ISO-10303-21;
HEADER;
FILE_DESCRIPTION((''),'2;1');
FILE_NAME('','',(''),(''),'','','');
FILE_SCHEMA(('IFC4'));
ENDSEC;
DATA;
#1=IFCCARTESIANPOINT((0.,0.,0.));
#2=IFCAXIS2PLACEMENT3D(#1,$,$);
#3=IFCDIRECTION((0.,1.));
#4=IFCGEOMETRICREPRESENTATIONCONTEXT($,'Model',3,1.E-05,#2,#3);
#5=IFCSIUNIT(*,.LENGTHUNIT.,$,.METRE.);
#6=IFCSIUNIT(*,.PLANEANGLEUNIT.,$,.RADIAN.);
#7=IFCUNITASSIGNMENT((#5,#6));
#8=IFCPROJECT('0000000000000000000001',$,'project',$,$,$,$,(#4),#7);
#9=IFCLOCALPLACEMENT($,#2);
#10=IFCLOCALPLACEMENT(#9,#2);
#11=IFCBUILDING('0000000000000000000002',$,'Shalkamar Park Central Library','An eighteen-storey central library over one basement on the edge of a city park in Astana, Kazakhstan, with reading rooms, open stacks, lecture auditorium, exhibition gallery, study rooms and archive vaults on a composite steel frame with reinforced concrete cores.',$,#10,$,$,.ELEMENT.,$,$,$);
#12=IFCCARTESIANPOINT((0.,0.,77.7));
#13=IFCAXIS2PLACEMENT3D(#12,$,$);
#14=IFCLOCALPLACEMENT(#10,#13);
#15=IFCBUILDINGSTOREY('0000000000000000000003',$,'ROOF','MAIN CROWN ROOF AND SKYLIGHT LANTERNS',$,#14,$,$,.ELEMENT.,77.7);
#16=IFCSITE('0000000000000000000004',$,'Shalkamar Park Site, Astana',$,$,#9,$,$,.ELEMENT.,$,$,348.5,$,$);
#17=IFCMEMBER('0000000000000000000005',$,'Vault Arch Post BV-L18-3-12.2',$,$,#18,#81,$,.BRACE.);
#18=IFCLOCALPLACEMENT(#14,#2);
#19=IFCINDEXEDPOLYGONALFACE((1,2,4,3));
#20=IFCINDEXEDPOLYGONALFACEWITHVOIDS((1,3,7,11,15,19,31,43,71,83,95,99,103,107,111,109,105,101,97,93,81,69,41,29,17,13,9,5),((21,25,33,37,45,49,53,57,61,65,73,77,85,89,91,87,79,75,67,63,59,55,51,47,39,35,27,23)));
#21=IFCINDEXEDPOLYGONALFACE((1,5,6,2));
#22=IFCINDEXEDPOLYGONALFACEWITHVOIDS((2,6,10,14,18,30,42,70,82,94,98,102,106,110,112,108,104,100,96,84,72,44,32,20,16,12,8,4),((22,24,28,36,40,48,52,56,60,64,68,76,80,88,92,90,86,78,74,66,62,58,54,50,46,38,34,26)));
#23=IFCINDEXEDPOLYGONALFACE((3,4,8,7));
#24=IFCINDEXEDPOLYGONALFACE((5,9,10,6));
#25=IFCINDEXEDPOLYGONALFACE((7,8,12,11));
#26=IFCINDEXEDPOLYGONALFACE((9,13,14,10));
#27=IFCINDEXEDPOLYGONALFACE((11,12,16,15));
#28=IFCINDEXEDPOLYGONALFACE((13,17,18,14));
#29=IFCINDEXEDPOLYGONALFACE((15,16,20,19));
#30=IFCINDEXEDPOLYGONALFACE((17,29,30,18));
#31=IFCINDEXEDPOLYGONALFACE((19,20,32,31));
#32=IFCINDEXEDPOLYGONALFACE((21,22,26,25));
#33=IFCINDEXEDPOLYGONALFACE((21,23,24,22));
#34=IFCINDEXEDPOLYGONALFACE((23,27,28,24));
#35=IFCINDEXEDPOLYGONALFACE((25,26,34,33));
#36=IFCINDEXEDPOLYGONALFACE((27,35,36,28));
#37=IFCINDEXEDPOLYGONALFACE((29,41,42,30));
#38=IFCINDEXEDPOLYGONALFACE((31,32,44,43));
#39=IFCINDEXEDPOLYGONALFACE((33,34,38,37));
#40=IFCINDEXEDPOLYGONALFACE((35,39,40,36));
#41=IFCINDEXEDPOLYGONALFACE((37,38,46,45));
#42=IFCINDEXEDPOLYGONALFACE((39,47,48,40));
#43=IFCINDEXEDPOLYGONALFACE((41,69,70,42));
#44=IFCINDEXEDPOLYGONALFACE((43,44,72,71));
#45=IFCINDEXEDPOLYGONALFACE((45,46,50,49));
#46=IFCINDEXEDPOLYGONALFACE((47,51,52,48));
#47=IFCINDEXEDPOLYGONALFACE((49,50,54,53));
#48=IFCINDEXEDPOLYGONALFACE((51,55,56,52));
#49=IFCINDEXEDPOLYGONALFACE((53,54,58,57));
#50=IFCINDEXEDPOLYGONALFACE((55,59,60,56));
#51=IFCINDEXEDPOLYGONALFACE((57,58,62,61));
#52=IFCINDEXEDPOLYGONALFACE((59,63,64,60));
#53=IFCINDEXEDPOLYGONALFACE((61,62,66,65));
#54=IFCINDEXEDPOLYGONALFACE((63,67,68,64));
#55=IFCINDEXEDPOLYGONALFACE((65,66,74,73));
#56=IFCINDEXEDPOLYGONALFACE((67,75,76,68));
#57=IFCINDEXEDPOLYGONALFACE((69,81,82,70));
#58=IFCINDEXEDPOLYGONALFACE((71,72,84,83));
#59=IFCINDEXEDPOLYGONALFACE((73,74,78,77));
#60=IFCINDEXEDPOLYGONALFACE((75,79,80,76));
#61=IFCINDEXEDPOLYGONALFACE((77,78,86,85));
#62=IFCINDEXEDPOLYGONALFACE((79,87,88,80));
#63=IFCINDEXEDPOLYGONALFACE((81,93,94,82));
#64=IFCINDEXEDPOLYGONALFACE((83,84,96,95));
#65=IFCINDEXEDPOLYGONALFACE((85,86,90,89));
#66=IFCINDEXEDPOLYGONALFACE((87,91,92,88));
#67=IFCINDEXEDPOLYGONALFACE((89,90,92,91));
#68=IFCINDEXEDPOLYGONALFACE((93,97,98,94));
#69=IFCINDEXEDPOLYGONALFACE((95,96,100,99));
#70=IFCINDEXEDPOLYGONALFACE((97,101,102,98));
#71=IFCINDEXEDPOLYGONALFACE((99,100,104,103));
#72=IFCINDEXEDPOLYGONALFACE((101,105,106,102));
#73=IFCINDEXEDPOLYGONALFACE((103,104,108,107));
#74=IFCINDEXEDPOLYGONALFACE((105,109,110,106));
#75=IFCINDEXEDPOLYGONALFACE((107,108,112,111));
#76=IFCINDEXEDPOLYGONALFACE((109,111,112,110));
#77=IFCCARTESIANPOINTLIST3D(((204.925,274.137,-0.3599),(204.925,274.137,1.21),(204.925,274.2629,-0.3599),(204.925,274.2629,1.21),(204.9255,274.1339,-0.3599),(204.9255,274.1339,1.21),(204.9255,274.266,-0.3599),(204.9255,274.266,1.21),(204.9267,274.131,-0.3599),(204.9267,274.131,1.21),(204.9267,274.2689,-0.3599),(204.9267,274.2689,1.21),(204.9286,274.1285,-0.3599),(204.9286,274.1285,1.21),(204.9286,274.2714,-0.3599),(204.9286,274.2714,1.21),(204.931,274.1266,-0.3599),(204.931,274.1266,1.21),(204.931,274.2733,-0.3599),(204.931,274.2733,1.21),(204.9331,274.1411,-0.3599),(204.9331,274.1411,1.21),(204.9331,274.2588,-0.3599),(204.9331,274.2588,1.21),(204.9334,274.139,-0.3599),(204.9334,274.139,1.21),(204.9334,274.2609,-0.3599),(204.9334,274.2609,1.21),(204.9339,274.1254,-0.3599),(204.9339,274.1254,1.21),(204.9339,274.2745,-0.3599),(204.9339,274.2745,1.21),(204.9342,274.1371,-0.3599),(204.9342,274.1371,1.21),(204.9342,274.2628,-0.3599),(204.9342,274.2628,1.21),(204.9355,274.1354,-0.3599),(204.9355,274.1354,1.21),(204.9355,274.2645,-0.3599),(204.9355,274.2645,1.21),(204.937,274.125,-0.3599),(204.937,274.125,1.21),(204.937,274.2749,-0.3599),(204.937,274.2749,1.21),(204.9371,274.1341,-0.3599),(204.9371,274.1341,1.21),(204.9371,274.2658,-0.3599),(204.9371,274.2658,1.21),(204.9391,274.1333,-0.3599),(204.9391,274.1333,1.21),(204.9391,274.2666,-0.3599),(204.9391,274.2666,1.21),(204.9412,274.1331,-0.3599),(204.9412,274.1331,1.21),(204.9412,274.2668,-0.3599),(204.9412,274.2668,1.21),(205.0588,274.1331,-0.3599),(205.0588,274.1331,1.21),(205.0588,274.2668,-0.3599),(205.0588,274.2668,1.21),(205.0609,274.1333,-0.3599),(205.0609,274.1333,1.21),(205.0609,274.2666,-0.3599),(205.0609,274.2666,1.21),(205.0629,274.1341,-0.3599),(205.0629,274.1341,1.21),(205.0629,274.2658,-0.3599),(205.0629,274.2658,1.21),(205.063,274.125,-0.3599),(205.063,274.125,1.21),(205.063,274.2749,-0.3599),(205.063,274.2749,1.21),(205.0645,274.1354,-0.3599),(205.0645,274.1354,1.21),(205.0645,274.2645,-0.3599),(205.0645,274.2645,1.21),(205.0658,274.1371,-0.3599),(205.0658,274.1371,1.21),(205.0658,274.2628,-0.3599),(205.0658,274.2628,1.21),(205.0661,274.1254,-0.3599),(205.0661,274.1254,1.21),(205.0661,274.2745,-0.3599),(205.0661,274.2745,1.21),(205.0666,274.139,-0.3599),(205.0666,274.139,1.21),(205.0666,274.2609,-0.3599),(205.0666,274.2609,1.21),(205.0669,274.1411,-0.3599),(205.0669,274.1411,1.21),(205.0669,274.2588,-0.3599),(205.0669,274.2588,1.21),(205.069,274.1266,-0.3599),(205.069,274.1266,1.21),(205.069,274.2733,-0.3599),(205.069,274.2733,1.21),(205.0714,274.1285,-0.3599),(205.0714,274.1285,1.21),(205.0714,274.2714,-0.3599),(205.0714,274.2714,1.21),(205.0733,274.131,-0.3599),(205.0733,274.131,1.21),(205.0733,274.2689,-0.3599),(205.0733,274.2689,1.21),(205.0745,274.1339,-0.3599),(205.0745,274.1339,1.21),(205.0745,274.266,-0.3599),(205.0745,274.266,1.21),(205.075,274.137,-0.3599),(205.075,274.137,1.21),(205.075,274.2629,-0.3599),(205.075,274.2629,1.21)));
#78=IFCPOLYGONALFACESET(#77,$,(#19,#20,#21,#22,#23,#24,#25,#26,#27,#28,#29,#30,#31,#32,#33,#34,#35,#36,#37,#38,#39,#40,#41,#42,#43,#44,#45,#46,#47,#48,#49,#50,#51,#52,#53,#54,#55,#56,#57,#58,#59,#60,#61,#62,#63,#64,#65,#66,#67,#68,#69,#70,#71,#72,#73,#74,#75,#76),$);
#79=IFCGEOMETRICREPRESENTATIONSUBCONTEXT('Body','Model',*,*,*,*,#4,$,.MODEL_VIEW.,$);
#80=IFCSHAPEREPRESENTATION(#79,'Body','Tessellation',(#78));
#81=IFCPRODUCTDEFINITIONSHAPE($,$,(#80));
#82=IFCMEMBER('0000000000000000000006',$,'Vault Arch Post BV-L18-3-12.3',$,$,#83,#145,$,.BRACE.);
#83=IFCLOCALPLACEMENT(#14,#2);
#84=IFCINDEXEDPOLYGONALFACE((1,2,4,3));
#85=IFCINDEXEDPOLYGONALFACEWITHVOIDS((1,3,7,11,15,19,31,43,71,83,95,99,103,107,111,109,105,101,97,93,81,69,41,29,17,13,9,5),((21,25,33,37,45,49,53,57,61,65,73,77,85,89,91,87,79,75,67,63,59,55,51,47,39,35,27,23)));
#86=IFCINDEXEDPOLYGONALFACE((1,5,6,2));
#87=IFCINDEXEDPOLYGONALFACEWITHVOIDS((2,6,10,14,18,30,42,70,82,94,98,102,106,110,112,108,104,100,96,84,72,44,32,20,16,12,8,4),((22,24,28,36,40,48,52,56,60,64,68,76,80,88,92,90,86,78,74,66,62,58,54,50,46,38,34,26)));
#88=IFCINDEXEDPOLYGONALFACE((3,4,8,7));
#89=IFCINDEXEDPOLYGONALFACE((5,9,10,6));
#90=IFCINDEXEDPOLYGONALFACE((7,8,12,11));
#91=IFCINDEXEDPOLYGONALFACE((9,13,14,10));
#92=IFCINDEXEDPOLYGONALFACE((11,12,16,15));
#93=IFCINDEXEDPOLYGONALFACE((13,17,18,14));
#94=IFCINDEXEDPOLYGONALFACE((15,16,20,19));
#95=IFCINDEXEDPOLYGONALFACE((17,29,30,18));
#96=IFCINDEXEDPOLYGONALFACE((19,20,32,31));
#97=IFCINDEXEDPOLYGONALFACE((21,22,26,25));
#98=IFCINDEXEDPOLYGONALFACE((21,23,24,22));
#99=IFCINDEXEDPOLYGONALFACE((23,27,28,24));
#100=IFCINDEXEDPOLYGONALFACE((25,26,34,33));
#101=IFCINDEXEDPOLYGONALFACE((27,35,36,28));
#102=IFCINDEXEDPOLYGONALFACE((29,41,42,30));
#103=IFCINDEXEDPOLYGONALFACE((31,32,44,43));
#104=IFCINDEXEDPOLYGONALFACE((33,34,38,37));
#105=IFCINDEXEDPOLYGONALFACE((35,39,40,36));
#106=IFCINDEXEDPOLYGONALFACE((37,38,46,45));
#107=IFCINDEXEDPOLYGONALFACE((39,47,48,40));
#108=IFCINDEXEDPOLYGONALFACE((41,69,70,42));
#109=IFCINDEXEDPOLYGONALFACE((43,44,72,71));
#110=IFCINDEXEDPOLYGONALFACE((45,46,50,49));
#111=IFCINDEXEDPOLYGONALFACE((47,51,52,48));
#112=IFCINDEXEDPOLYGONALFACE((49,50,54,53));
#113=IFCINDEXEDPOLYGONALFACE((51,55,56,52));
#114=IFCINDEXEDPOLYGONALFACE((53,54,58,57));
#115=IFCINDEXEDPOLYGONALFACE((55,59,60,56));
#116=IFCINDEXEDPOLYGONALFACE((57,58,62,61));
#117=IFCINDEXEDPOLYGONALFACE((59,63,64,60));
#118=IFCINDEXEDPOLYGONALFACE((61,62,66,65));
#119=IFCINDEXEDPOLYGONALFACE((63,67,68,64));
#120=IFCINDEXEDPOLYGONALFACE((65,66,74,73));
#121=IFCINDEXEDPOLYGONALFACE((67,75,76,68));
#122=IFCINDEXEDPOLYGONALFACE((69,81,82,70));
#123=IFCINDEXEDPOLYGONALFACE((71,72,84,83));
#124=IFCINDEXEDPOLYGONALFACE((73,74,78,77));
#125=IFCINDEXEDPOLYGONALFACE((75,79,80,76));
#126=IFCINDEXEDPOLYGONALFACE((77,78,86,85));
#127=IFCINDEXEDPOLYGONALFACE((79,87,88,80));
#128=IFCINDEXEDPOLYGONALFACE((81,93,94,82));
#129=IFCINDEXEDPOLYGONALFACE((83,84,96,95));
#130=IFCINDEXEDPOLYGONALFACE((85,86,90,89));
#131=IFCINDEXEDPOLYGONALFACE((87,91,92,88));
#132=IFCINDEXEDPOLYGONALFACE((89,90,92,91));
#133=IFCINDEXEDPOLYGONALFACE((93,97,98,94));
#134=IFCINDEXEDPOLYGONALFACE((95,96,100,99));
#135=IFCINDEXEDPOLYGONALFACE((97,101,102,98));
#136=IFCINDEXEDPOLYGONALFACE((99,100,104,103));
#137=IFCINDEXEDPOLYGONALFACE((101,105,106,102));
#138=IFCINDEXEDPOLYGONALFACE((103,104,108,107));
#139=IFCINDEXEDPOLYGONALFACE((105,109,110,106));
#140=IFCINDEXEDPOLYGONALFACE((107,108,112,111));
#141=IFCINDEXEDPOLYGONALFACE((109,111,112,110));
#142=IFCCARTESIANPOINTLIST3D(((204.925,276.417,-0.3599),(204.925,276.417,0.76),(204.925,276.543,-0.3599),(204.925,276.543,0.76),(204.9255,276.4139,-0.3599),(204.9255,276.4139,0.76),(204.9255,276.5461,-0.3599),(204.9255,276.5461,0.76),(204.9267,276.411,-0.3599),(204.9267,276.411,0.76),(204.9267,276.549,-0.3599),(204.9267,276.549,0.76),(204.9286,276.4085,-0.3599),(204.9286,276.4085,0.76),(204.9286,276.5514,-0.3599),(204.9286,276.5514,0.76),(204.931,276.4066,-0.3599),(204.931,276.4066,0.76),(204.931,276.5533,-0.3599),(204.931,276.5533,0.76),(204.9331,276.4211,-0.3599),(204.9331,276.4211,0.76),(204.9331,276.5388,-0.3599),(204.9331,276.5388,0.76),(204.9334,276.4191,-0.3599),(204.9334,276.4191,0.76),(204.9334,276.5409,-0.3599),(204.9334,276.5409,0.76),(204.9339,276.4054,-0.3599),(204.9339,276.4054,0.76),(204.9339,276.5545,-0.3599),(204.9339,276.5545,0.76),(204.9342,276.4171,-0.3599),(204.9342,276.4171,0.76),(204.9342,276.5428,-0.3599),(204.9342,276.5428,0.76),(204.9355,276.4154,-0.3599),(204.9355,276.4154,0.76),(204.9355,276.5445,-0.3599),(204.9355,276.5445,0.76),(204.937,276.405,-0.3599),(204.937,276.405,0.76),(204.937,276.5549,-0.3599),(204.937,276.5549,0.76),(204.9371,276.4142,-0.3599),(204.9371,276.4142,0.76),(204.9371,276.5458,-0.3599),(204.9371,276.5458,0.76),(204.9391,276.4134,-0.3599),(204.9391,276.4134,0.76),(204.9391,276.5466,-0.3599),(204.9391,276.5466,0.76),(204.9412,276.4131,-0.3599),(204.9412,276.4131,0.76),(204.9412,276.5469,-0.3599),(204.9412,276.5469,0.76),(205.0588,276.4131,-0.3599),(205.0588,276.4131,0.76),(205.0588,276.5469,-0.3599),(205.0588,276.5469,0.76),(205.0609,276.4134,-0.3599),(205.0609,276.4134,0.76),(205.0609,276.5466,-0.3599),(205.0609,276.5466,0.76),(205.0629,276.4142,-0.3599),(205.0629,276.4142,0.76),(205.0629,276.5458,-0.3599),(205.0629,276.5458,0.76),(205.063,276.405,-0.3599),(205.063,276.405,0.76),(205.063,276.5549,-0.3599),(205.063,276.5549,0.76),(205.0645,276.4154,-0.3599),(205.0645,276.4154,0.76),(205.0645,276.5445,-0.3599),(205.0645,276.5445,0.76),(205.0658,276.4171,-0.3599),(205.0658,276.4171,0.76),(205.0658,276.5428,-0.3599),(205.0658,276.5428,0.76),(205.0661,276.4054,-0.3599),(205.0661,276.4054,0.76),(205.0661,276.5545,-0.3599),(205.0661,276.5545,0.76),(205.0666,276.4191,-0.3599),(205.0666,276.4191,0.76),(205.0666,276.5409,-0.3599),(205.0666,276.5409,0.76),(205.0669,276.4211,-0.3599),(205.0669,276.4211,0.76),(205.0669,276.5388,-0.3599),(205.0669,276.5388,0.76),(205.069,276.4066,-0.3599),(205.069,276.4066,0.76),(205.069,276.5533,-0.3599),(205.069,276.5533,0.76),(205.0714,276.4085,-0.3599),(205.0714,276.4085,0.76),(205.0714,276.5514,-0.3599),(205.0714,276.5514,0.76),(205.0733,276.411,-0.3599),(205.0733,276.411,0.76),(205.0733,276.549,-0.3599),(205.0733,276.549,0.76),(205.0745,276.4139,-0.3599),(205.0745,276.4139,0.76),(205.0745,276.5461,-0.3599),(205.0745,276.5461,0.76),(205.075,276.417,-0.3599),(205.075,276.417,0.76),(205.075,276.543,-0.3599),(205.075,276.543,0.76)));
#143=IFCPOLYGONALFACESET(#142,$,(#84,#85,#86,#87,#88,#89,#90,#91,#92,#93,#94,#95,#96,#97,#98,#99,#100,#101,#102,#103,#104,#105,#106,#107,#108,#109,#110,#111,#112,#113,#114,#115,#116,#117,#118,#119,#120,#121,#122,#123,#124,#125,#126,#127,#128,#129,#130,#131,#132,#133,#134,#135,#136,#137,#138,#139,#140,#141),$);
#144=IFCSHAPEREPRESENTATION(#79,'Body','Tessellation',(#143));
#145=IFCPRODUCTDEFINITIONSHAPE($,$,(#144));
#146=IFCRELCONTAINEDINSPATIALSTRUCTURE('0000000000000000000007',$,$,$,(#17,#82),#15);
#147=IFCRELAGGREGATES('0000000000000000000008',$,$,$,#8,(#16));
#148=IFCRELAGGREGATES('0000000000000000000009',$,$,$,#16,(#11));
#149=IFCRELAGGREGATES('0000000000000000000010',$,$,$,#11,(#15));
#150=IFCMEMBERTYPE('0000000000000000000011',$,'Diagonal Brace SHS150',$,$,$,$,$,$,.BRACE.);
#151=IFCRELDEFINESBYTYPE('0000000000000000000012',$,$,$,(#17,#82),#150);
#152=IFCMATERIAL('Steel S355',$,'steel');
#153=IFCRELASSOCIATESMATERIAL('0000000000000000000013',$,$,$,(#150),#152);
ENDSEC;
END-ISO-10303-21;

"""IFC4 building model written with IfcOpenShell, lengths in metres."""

from ifc_helpers import new_model, si_unit, direction, frame, origin, origin_2d, place, context, subcontext, project, spatial, hollow_rectangle, extrude, material, material_profile, profile_set, type_object, element, save


model = new_model("IFC4")

# Units and contexts
model_context = context("Model", 3, precision=1e-05, world=origin(), true_north=direction((0.0, 1.0)))
body_context = subcontext(model_context, "Body", "Model", "MODEL_VIEW")
ifc_project = project(units=[si_unit("LENGTHUNIT", "METRE"), si_unit("PLANEANGLEUNIT", "RADIAN")], contexts=[model_context])

# Site, building, storey
site_placement = place(None, origin())
site = spatial("IfcSite", under=ifc_project, at=site_placement, Name="Shalkamar Park Site, Astana", CompositionType="ELEMENT", RefElevation=348.5)
building_placement = place(site_placement, origin())
building = spatial("IfcBuilding", under=site, at=building_placement, Name="Shalkamar Park Central Library", Description="An eighteen-storey central library over one basement on the edge of a city park in Astana, Kazakhstan, with reading rooms, open stacks, lecture auditorium, exhibition gallery, study rooms and archive vaults on a composite steel frame with reinforced concrete cores.", CompositionType="ELEMENT")
storey_placement = place(building_placement, frame((0.0, 0.0, 77.7)))
storey = spatial("IfcBuildingStorey", under=building, at=storey_placement, Name="ROOF", Description="MAIN CROWN ROOF AND SKYLIGHT LANTERNS", CompositionType="ELEMENT", Elevation=77.7)

# Members
ifc_material = material(Name="Steel S355", Category="steel")
ifc_material_profile_1 = material_profile(ifc_material, hollow_rectangle(XDim=0.1499, YDim=0.1499, WallThickness=0.0081, InnerFilletRadius=0.0081, OuterFilletRadius=0.012, at=origin_2d()), Name="SHS 150x150x8")
ifc_profile_set_1 = profile_set([ifc_material_profile_1], Name="Steel S355")
member_type_1 = type_object("IfcMemberType", Name="Diagonal Brace SHS150", PredefinedType="BRACE", material=ifc_profile_set_1)
member_1_placement = place(storey_placement, frame((205.0, 274.2, -0.3599), z_axis=(0.0, 0.0, 1.0), x_axis=(1.0, 0.0, 0.0)))
element("IfcMember", 1, at=member_1_placement, inside=storey, type_object=member_type_1, Name="Vault Arch Post BV-L18-3-12.2", PredefinedType="BRACE", context=body_context, shape_type="SweptSolid", body=[
    extrude(hollow_rectangle(XDim=0.1499, YDim=0.1499, WallThickness=0.0081, InnerFilletRadius=0.0081, OuterFilletRadius=0.012, at=origin_2d()), origin(), (0.0, 0.0, 1.0), 1.5698),
])
for number, where, z_axis, x_axis, name in (
    (2, (205.0, 276.48, -0.3599), (0.0, 0.0, 1.0), (1.0, 0.0, 0.0), "Vault Arch Post BV-L18-3-12.3"),
):
    element("IfcMember", number, at=place(storey_placement, frame(where, z_axis=z_axis, x_axis=x_axis)), inside=storey, type_object=member_type_1, Name=name, PredefinedType="BRACE", context=body_context, shape_type="SweptSolid", body=[
        extrude(hollow_rectangle(XDim=0.1499, YDim=0.1499, WallThickness=0.0081, InnerFilletRadius=0.0081, OuterFilletRadius=0.012, at=origin_2d()), origin(), (0.0, 0.0, 1.0), 1.1199),
    ])

save(model, "model.ifc")
